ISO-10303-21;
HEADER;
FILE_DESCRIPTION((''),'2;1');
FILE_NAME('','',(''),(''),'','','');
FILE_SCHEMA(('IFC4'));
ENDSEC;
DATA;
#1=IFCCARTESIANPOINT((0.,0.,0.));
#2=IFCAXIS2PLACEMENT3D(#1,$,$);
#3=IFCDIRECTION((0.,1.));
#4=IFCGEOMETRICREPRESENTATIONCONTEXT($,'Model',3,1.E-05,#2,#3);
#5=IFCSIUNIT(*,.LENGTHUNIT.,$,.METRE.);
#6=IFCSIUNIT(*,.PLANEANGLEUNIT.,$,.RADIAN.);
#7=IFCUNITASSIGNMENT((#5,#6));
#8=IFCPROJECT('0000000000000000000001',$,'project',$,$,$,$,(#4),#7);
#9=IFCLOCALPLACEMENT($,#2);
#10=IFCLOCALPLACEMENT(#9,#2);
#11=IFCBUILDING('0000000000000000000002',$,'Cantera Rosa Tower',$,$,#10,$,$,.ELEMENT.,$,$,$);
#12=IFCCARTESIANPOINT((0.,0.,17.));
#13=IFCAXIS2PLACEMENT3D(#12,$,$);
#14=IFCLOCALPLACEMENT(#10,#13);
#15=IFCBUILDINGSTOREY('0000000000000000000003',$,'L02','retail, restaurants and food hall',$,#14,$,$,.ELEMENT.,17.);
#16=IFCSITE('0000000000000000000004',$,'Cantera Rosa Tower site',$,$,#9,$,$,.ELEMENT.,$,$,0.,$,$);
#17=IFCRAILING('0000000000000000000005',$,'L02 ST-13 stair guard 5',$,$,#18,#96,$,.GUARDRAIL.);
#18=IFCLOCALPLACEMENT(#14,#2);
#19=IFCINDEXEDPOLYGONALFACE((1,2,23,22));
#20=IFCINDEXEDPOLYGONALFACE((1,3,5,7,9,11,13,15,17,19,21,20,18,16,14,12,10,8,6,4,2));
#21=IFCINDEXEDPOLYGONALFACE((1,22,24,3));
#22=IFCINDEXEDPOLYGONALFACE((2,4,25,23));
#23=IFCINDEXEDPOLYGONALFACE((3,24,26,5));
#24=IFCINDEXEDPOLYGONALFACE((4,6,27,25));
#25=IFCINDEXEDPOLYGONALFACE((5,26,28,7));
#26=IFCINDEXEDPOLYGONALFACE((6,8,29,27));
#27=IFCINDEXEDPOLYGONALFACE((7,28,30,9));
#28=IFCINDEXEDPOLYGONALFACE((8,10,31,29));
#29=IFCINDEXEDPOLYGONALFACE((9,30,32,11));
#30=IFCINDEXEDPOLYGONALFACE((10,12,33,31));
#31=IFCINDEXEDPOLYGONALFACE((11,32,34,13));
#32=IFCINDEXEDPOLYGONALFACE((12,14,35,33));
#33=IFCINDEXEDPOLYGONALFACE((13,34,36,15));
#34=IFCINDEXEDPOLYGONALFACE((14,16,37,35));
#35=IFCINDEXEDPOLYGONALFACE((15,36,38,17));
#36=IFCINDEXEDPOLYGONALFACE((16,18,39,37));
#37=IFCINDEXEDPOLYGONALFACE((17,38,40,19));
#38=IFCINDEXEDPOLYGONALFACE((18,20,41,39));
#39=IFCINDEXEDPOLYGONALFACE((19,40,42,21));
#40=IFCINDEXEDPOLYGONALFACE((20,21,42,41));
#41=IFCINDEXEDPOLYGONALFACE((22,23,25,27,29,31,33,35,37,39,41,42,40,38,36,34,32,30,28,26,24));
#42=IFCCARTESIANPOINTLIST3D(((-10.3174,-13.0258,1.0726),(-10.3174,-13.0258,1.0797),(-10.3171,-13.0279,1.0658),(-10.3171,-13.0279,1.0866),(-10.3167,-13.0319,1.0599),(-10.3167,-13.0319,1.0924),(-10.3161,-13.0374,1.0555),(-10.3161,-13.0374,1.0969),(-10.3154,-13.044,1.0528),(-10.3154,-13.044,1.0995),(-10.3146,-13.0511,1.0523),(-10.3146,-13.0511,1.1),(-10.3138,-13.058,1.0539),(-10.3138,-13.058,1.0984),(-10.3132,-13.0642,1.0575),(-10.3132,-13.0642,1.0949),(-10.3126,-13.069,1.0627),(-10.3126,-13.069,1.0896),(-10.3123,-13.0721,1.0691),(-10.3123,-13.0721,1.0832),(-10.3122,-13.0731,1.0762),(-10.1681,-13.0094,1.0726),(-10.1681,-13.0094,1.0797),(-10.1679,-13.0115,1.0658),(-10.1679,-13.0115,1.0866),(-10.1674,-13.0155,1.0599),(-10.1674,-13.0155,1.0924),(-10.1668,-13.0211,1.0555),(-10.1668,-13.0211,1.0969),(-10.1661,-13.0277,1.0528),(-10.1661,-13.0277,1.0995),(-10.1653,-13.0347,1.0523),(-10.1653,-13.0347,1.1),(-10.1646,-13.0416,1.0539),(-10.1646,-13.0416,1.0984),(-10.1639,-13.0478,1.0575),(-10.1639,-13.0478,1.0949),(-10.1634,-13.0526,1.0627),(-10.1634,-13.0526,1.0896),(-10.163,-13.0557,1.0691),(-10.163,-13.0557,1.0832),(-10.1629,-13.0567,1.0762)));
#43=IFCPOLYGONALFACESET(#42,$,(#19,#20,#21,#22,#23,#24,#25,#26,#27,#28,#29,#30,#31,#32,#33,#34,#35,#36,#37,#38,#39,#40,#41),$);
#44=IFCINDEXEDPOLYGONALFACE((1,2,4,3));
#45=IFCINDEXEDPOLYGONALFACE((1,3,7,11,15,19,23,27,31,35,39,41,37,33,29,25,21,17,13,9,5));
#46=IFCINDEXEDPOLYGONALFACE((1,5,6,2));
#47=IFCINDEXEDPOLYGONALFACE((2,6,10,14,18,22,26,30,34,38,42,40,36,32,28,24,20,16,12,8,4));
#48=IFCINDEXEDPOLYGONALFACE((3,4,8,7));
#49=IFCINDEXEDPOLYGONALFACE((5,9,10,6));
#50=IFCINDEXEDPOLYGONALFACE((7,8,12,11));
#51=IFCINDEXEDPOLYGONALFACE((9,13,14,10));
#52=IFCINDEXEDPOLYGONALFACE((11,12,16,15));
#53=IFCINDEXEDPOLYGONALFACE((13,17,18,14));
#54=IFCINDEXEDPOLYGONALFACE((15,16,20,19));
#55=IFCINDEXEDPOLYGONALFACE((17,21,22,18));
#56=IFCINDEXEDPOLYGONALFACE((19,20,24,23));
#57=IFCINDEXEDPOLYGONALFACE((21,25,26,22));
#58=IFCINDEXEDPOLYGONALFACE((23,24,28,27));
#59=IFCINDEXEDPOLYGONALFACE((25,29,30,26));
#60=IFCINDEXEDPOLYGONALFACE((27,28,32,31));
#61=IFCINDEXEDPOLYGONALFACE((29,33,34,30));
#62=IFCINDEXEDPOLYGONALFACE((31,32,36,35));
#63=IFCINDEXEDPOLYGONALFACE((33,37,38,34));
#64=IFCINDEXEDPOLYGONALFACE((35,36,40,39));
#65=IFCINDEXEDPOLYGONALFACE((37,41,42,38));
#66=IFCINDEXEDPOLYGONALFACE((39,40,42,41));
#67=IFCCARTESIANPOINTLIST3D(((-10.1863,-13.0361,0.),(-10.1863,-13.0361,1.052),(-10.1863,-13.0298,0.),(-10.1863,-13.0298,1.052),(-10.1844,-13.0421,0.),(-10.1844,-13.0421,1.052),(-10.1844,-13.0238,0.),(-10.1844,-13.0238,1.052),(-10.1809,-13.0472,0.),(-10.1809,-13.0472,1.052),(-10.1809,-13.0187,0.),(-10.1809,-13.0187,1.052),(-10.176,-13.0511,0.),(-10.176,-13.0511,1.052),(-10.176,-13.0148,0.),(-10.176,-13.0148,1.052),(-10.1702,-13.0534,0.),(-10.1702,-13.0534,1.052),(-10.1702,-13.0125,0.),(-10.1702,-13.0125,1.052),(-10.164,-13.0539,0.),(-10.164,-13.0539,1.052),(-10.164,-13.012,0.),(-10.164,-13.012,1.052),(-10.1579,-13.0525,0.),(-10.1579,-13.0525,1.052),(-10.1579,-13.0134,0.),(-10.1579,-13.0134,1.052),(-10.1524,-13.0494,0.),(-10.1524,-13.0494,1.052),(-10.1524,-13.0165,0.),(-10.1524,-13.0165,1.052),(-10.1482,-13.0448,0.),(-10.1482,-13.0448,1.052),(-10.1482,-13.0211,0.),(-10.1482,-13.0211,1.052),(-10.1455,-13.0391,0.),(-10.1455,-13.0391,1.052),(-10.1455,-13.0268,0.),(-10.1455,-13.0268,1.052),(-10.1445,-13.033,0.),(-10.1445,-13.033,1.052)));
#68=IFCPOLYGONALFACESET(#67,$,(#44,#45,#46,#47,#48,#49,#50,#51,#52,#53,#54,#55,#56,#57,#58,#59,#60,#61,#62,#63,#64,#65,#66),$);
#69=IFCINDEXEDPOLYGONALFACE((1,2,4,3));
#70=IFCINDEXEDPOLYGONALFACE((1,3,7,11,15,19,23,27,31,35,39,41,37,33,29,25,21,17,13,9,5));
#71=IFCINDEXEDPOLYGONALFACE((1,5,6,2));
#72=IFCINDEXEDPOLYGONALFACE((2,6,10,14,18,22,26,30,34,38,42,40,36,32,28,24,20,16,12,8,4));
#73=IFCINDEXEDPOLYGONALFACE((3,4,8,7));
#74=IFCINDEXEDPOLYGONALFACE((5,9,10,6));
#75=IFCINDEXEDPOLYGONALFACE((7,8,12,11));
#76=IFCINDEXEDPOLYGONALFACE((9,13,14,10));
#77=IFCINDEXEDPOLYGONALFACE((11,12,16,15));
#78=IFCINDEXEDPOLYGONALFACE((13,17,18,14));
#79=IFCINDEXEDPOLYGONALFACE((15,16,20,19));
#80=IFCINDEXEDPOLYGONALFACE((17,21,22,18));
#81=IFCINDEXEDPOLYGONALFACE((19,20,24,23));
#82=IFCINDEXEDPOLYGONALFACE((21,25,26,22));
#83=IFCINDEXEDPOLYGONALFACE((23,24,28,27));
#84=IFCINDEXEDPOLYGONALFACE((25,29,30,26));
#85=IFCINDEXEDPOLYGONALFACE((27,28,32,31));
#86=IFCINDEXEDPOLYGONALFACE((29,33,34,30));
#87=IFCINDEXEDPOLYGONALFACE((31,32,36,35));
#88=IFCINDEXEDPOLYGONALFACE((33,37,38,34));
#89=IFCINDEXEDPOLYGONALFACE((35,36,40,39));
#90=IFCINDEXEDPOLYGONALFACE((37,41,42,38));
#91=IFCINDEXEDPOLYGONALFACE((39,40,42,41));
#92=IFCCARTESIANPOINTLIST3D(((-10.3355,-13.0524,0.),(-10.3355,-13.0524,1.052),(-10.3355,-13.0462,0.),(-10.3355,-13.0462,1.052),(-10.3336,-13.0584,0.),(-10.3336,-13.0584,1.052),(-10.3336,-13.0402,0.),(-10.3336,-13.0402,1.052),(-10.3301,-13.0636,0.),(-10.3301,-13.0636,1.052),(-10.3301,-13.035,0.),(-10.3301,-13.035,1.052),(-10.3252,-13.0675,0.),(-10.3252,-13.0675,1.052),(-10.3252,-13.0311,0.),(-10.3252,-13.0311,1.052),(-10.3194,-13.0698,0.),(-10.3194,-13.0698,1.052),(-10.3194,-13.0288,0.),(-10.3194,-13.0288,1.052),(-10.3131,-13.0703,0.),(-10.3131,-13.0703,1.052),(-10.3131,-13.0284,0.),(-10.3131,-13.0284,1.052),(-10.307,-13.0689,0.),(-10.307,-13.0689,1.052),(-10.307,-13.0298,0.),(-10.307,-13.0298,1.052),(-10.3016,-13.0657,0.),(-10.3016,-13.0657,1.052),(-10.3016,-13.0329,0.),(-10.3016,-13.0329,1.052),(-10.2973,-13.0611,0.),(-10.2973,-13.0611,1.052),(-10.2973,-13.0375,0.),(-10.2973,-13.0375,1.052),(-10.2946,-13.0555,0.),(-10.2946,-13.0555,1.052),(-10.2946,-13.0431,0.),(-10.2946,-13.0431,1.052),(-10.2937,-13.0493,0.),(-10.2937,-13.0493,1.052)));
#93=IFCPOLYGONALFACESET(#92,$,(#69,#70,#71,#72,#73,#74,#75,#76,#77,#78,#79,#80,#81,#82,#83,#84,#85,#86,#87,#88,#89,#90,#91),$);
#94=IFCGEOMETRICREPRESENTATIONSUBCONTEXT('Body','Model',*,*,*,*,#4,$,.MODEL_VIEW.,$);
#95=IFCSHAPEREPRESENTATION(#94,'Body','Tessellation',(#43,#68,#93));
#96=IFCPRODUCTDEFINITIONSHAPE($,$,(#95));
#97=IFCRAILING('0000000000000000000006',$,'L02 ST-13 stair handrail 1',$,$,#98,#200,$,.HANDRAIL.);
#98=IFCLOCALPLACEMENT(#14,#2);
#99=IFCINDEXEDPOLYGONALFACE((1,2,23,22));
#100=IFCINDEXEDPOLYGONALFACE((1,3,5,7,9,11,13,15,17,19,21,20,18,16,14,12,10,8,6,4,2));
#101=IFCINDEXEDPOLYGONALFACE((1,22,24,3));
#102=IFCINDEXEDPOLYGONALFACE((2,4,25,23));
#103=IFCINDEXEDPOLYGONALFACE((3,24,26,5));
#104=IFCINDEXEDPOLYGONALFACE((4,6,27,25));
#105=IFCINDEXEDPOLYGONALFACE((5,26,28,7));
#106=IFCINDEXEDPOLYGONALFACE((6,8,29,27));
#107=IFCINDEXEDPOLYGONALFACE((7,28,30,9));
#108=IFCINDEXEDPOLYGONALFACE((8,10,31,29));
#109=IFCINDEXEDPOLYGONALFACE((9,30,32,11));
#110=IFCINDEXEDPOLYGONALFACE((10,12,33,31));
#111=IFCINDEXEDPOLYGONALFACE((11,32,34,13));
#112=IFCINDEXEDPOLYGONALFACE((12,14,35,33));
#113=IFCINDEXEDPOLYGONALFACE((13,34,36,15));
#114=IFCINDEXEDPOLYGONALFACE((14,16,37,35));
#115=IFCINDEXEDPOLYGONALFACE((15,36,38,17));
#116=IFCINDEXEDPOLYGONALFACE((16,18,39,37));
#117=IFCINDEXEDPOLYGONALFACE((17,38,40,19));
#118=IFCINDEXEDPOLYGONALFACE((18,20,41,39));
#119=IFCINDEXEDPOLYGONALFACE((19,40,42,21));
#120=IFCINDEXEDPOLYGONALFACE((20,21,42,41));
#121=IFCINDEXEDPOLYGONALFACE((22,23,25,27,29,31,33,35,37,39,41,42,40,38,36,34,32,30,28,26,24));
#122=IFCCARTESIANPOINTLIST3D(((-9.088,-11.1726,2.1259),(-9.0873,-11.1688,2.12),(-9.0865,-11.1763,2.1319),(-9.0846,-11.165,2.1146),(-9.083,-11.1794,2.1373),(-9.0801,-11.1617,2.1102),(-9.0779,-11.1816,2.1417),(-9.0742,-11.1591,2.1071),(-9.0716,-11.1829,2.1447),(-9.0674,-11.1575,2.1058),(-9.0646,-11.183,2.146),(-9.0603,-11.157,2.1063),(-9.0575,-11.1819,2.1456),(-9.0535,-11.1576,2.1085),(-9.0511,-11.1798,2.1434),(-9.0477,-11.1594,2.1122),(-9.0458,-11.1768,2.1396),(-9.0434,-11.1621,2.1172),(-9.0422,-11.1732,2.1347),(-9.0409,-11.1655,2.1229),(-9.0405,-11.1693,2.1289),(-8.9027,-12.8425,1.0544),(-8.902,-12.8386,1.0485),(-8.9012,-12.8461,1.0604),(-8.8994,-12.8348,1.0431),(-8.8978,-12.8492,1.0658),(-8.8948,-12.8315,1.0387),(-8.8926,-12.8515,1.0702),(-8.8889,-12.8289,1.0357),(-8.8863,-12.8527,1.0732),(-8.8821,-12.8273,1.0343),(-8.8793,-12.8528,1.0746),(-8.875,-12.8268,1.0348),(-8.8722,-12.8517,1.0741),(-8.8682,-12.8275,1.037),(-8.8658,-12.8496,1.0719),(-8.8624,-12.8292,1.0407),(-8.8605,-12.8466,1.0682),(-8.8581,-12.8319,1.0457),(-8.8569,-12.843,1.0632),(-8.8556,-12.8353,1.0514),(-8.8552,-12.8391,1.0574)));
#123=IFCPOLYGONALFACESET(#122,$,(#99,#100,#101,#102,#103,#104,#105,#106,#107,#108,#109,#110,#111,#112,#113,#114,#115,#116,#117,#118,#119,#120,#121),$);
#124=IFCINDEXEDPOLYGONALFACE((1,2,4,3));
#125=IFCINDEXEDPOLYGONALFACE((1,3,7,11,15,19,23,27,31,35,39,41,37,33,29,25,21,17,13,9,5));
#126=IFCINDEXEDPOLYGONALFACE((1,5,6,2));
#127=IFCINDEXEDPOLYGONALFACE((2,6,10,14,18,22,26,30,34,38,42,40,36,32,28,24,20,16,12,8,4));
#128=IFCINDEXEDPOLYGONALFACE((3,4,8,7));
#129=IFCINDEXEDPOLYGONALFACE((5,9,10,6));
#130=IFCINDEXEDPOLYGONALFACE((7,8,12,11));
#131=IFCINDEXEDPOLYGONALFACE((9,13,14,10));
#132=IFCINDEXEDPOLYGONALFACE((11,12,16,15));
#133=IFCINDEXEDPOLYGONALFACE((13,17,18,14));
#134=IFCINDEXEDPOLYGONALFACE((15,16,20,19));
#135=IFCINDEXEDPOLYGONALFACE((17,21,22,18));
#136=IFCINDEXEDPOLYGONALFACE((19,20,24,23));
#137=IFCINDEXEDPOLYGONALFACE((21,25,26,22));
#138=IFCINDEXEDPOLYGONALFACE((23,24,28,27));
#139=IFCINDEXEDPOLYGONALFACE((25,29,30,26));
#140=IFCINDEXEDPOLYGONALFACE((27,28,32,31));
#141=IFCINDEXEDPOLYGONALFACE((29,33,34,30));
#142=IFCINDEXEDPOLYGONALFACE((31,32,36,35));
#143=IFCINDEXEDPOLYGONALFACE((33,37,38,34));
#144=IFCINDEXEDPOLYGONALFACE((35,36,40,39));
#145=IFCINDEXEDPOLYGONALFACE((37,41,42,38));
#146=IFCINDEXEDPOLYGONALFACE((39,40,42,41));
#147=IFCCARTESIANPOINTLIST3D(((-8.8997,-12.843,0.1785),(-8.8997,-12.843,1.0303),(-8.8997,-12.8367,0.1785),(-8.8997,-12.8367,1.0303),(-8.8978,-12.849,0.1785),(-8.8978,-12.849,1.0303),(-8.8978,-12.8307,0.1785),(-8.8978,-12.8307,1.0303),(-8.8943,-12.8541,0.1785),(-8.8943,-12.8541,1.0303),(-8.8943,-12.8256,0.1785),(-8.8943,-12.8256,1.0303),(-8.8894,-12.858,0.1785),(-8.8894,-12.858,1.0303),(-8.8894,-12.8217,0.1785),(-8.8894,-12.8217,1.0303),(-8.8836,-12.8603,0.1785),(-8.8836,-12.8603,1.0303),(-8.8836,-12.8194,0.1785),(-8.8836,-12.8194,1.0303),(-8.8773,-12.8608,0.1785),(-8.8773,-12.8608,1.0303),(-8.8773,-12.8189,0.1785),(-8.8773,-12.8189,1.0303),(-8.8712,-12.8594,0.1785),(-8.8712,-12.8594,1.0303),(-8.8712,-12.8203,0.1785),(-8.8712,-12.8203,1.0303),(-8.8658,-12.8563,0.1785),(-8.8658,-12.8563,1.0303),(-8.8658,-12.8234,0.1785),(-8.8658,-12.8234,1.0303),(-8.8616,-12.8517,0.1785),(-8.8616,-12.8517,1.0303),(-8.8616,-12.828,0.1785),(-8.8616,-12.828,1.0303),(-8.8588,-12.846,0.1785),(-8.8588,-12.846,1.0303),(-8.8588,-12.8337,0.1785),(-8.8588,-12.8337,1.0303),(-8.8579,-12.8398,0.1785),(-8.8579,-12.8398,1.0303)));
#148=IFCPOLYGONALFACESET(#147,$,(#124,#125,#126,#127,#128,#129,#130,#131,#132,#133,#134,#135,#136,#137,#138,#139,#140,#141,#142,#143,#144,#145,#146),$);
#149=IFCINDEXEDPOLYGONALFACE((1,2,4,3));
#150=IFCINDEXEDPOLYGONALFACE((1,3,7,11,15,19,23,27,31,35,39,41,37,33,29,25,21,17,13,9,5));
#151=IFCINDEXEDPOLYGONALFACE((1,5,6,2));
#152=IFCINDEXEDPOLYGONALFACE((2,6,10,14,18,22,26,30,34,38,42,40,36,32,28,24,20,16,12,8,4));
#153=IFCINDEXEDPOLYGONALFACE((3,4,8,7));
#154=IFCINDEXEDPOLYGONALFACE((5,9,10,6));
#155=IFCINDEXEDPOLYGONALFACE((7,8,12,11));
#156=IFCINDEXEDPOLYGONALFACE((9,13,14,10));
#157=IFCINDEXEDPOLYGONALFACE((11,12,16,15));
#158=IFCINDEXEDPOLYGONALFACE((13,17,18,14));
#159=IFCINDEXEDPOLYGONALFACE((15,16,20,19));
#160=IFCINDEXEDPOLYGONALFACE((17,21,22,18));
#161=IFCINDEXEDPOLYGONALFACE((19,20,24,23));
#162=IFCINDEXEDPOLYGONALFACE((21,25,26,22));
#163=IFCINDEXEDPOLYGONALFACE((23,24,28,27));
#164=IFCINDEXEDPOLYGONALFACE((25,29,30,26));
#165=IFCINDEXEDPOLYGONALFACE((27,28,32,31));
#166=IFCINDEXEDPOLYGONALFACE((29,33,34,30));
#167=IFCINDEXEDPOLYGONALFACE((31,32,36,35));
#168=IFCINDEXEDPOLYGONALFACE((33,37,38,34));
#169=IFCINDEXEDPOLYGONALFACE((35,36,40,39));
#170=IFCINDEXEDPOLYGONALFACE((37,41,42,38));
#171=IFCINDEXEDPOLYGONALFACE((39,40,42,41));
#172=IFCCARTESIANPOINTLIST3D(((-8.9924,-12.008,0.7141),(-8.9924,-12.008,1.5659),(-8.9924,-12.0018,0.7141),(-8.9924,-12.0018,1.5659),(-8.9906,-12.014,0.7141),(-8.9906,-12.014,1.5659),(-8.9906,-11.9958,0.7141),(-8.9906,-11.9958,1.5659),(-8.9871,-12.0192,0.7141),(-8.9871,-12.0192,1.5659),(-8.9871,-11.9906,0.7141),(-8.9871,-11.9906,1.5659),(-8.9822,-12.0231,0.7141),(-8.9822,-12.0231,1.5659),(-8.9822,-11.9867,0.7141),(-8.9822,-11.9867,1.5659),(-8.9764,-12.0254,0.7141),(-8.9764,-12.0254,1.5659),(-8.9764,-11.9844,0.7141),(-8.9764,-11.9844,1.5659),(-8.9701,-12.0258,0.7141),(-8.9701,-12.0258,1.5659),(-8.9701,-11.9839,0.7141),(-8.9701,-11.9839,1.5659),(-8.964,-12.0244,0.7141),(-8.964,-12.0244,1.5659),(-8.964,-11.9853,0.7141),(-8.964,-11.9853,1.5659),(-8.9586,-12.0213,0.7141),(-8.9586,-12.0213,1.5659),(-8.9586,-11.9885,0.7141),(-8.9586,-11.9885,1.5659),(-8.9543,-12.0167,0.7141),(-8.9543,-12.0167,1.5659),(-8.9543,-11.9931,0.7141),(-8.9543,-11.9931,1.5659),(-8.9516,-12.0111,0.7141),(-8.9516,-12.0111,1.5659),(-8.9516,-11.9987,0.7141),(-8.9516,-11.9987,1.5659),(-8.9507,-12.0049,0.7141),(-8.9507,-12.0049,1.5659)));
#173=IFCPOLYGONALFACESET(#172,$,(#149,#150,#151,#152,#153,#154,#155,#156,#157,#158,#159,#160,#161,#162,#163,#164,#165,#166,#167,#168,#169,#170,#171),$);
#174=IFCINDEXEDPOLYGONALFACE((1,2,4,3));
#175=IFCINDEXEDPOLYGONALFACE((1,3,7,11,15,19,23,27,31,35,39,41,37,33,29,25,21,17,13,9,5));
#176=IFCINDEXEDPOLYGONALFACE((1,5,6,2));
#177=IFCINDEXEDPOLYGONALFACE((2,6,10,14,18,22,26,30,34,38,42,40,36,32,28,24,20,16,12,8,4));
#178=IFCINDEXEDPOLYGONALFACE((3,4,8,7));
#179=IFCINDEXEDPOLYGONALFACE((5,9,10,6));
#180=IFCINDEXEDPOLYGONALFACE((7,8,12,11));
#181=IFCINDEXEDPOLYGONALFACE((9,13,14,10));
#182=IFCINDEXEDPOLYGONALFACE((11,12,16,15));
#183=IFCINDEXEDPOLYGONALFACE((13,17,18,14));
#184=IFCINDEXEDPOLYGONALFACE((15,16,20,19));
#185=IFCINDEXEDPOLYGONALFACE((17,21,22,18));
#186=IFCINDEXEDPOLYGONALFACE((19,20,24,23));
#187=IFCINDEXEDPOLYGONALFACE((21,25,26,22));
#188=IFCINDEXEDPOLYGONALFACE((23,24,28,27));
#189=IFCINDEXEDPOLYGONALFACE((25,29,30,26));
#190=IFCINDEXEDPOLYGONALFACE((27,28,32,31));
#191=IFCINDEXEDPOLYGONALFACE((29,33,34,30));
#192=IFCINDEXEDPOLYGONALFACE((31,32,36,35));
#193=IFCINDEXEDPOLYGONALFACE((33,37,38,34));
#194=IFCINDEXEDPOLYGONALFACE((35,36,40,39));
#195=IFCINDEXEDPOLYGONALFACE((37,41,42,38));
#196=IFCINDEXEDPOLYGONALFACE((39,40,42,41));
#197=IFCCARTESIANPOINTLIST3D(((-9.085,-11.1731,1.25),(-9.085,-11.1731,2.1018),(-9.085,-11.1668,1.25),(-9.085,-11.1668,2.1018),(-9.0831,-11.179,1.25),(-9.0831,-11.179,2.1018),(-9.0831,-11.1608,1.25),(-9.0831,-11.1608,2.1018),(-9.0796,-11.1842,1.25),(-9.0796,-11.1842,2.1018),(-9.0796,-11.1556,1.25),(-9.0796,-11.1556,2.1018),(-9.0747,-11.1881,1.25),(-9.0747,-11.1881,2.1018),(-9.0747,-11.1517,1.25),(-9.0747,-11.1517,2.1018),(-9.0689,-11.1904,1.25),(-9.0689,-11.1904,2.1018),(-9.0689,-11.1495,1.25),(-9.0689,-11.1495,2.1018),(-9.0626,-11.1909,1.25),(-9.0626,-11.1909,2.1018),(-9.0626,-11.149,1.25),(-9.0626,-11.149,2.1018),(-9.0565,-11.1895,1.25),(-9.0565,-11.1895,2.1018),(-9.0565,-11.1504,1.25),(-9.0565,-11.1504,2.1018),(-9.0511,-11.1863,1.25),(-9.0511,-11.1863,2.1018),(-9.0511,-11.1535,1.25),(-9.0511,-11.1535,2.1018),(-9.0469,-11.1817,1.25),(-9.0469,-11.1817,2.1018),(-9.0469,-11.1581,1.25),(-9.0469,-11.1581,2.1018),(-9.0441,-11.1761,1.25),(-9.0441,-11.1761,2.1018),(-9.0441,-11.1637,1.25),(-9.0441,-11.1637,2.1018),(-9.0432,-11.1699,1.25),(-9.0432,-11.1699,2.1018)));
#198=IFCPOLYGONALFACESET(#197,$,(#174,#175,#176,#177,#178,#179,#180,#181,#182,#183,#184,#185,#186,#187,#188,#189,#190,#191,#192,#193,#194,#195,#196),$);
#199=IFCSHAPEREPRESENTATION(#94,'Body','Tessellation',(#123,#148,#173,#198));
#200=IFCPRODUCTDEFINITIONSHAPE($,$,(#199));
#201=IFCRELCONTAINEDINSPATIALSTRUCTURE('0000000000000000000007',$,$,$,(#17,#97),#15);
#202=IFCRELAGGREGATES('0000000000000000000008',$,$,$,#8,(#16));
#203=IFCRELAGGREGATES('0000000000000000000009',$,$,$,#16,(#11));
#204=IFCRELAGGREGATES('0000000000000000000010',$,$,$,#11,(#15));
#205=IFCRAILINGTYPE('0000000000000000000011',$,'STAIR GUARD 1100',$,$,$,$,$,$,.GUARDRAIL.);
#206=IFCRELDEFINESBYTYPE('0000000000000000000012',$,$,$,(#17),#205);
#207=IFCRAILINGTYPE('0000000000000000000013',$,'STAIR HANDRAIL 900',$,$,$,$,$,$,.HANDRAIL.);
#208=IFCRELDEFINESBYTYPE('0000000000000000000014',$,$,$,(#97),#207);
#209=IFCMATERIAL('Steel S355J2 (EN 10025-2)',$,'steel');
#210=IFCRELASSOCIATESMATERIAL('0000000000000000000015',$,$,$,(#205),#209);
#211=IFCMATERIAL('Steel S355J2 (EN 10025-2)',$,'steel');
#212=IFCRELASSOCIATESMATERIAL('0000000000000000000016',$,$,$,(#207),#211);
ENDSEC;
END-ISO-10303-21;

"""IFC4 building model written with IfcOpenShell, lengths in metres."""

from ifc_helpers import new_model, si_unit, direction, frame, origin, origin_2d, place, context, subcontext, project, spatial, circle, extrude, material, type_object, element, save


model = new_model("IFC4")

# Units and contexts
model_context = context("Model", 3, precision=1e-05, world=origin(), true_north=direction((0.0, 1.0)))
body_context = subcontext(model_context, "Body", "Model", "MODEL_VIEW")
ifc_project = project(units=[si_unit("LENGTHUNIT", "METRE"), si_unit("PLANEANGLEUNIT", "RADIAN")], contexts=[model_context])

# Site, building, storey
site_placement = place(None, origin())
site = spatial("IfcSite", under=ifc_project, at=site_placement, Name="Cantera Rosa Tower site", CompositionType="ELEMENT", RefElevation=0.0)
building_placement = place(site_placement, origin())
building = spatial("IfcBuilding", under=site, at=building_placement, Name="Cantera Rosa Tower", CompositionType="ELEMENT")
storey_placement = place(building_placement, frame((0.0, 0.0, 17.0)))
storey = spatial("IfcBuildingStorey", under=building, at=storey_placement, Name="L02", Description="retail, restaurants and food hall", CompositionType="ELEMENT", Elevation=17.0)

# Railings
ifc_material_1 = material(Name="Steel S355J2 (EN 10025-2)", Category="steel")
railing_type_1 = type_object("IfcRailingType", Name="STAIR GUARD 1100", PredefinedType="GUARDRAIL", material=ifc_material_1)
railing_1_placement = place(storey_placement, frame((-10.1655, -13.033, 0.0)))
element("IfcRailing", 1, at=railing_1_placement, inside=storey, type_object=railing_type_1, Name="L02 ST-13 stair guard 5", PredefinedType="GUARDRAIL", context=body_context, shape_type="SweptSolid", body=[
    extrude(circle(Radius=0.0239, at=origin_2d()), frame((0.0, 0.0, 1.0762), z_axis=(-0.994041, -0.109003, 0.0), x_axis=(0.109003, -0.994041, 0.0)), (0.0, 0.0, 1.0), 0.1501),
    extrude(circle(Radius=0.021, at=origin_2d()), origin(), (0.0, 0.0, 1.0), 1.052),
    extrude(circle(Radius=0.021, at=origin_2d()), frame((-0.1492, -0.0164, 0.0)), (0.0, 0.0, 1.0), 1.052),
])
ifc_material_2 = material(Name="Steel S355J2 (EN 10025-2)", Category="steel")
railing_type_2 = type_object("IfcRailingType", Name="STAIR HANDRAIL 900", PredefinedType="HANDRAIL", material=ifc_material_2)
railing_2_placement = place(storey_placement, frame((-8.8789, -12.8398, 0.1785)))
element("IfcRailing", 2, at=railing_2_placement, inside=storey, type_object=railing_type_2, Name="L02 ST-13 stair handrail 1", PredefinedType="HANDRAIL", context=body_context, shape_type="SweptSolid", body=[
    extrude(circle(Radius=0.0239, at=origin_2d()), frame((0.0, 0.0, 0.876), z_axis=(-0.092987, 0.837987, 0.537709), x_axis=(-0.9939, -0.110288, 0.0)), (0.0, 0.0, 1.0), 1.9927),
    extrude(circle(Radius=0.021, at=origin_2d()), origin(), (0.0, 0.0, 1.0), 0.8518),
    extrude(circle(Radius=0.021, at=origin_2d()), frame((-0.0928, 0.835, 0.5356)), (0.0, 0.0, 1.0), 0.8518),
    extrude(circle(Radius=0.021, at=origin_2d()), frame((-0.1853, 1.6699, 1.0715)), (0.0, 0.0, 1.0), 0.8518),
])

save(model, "model.ifc")
